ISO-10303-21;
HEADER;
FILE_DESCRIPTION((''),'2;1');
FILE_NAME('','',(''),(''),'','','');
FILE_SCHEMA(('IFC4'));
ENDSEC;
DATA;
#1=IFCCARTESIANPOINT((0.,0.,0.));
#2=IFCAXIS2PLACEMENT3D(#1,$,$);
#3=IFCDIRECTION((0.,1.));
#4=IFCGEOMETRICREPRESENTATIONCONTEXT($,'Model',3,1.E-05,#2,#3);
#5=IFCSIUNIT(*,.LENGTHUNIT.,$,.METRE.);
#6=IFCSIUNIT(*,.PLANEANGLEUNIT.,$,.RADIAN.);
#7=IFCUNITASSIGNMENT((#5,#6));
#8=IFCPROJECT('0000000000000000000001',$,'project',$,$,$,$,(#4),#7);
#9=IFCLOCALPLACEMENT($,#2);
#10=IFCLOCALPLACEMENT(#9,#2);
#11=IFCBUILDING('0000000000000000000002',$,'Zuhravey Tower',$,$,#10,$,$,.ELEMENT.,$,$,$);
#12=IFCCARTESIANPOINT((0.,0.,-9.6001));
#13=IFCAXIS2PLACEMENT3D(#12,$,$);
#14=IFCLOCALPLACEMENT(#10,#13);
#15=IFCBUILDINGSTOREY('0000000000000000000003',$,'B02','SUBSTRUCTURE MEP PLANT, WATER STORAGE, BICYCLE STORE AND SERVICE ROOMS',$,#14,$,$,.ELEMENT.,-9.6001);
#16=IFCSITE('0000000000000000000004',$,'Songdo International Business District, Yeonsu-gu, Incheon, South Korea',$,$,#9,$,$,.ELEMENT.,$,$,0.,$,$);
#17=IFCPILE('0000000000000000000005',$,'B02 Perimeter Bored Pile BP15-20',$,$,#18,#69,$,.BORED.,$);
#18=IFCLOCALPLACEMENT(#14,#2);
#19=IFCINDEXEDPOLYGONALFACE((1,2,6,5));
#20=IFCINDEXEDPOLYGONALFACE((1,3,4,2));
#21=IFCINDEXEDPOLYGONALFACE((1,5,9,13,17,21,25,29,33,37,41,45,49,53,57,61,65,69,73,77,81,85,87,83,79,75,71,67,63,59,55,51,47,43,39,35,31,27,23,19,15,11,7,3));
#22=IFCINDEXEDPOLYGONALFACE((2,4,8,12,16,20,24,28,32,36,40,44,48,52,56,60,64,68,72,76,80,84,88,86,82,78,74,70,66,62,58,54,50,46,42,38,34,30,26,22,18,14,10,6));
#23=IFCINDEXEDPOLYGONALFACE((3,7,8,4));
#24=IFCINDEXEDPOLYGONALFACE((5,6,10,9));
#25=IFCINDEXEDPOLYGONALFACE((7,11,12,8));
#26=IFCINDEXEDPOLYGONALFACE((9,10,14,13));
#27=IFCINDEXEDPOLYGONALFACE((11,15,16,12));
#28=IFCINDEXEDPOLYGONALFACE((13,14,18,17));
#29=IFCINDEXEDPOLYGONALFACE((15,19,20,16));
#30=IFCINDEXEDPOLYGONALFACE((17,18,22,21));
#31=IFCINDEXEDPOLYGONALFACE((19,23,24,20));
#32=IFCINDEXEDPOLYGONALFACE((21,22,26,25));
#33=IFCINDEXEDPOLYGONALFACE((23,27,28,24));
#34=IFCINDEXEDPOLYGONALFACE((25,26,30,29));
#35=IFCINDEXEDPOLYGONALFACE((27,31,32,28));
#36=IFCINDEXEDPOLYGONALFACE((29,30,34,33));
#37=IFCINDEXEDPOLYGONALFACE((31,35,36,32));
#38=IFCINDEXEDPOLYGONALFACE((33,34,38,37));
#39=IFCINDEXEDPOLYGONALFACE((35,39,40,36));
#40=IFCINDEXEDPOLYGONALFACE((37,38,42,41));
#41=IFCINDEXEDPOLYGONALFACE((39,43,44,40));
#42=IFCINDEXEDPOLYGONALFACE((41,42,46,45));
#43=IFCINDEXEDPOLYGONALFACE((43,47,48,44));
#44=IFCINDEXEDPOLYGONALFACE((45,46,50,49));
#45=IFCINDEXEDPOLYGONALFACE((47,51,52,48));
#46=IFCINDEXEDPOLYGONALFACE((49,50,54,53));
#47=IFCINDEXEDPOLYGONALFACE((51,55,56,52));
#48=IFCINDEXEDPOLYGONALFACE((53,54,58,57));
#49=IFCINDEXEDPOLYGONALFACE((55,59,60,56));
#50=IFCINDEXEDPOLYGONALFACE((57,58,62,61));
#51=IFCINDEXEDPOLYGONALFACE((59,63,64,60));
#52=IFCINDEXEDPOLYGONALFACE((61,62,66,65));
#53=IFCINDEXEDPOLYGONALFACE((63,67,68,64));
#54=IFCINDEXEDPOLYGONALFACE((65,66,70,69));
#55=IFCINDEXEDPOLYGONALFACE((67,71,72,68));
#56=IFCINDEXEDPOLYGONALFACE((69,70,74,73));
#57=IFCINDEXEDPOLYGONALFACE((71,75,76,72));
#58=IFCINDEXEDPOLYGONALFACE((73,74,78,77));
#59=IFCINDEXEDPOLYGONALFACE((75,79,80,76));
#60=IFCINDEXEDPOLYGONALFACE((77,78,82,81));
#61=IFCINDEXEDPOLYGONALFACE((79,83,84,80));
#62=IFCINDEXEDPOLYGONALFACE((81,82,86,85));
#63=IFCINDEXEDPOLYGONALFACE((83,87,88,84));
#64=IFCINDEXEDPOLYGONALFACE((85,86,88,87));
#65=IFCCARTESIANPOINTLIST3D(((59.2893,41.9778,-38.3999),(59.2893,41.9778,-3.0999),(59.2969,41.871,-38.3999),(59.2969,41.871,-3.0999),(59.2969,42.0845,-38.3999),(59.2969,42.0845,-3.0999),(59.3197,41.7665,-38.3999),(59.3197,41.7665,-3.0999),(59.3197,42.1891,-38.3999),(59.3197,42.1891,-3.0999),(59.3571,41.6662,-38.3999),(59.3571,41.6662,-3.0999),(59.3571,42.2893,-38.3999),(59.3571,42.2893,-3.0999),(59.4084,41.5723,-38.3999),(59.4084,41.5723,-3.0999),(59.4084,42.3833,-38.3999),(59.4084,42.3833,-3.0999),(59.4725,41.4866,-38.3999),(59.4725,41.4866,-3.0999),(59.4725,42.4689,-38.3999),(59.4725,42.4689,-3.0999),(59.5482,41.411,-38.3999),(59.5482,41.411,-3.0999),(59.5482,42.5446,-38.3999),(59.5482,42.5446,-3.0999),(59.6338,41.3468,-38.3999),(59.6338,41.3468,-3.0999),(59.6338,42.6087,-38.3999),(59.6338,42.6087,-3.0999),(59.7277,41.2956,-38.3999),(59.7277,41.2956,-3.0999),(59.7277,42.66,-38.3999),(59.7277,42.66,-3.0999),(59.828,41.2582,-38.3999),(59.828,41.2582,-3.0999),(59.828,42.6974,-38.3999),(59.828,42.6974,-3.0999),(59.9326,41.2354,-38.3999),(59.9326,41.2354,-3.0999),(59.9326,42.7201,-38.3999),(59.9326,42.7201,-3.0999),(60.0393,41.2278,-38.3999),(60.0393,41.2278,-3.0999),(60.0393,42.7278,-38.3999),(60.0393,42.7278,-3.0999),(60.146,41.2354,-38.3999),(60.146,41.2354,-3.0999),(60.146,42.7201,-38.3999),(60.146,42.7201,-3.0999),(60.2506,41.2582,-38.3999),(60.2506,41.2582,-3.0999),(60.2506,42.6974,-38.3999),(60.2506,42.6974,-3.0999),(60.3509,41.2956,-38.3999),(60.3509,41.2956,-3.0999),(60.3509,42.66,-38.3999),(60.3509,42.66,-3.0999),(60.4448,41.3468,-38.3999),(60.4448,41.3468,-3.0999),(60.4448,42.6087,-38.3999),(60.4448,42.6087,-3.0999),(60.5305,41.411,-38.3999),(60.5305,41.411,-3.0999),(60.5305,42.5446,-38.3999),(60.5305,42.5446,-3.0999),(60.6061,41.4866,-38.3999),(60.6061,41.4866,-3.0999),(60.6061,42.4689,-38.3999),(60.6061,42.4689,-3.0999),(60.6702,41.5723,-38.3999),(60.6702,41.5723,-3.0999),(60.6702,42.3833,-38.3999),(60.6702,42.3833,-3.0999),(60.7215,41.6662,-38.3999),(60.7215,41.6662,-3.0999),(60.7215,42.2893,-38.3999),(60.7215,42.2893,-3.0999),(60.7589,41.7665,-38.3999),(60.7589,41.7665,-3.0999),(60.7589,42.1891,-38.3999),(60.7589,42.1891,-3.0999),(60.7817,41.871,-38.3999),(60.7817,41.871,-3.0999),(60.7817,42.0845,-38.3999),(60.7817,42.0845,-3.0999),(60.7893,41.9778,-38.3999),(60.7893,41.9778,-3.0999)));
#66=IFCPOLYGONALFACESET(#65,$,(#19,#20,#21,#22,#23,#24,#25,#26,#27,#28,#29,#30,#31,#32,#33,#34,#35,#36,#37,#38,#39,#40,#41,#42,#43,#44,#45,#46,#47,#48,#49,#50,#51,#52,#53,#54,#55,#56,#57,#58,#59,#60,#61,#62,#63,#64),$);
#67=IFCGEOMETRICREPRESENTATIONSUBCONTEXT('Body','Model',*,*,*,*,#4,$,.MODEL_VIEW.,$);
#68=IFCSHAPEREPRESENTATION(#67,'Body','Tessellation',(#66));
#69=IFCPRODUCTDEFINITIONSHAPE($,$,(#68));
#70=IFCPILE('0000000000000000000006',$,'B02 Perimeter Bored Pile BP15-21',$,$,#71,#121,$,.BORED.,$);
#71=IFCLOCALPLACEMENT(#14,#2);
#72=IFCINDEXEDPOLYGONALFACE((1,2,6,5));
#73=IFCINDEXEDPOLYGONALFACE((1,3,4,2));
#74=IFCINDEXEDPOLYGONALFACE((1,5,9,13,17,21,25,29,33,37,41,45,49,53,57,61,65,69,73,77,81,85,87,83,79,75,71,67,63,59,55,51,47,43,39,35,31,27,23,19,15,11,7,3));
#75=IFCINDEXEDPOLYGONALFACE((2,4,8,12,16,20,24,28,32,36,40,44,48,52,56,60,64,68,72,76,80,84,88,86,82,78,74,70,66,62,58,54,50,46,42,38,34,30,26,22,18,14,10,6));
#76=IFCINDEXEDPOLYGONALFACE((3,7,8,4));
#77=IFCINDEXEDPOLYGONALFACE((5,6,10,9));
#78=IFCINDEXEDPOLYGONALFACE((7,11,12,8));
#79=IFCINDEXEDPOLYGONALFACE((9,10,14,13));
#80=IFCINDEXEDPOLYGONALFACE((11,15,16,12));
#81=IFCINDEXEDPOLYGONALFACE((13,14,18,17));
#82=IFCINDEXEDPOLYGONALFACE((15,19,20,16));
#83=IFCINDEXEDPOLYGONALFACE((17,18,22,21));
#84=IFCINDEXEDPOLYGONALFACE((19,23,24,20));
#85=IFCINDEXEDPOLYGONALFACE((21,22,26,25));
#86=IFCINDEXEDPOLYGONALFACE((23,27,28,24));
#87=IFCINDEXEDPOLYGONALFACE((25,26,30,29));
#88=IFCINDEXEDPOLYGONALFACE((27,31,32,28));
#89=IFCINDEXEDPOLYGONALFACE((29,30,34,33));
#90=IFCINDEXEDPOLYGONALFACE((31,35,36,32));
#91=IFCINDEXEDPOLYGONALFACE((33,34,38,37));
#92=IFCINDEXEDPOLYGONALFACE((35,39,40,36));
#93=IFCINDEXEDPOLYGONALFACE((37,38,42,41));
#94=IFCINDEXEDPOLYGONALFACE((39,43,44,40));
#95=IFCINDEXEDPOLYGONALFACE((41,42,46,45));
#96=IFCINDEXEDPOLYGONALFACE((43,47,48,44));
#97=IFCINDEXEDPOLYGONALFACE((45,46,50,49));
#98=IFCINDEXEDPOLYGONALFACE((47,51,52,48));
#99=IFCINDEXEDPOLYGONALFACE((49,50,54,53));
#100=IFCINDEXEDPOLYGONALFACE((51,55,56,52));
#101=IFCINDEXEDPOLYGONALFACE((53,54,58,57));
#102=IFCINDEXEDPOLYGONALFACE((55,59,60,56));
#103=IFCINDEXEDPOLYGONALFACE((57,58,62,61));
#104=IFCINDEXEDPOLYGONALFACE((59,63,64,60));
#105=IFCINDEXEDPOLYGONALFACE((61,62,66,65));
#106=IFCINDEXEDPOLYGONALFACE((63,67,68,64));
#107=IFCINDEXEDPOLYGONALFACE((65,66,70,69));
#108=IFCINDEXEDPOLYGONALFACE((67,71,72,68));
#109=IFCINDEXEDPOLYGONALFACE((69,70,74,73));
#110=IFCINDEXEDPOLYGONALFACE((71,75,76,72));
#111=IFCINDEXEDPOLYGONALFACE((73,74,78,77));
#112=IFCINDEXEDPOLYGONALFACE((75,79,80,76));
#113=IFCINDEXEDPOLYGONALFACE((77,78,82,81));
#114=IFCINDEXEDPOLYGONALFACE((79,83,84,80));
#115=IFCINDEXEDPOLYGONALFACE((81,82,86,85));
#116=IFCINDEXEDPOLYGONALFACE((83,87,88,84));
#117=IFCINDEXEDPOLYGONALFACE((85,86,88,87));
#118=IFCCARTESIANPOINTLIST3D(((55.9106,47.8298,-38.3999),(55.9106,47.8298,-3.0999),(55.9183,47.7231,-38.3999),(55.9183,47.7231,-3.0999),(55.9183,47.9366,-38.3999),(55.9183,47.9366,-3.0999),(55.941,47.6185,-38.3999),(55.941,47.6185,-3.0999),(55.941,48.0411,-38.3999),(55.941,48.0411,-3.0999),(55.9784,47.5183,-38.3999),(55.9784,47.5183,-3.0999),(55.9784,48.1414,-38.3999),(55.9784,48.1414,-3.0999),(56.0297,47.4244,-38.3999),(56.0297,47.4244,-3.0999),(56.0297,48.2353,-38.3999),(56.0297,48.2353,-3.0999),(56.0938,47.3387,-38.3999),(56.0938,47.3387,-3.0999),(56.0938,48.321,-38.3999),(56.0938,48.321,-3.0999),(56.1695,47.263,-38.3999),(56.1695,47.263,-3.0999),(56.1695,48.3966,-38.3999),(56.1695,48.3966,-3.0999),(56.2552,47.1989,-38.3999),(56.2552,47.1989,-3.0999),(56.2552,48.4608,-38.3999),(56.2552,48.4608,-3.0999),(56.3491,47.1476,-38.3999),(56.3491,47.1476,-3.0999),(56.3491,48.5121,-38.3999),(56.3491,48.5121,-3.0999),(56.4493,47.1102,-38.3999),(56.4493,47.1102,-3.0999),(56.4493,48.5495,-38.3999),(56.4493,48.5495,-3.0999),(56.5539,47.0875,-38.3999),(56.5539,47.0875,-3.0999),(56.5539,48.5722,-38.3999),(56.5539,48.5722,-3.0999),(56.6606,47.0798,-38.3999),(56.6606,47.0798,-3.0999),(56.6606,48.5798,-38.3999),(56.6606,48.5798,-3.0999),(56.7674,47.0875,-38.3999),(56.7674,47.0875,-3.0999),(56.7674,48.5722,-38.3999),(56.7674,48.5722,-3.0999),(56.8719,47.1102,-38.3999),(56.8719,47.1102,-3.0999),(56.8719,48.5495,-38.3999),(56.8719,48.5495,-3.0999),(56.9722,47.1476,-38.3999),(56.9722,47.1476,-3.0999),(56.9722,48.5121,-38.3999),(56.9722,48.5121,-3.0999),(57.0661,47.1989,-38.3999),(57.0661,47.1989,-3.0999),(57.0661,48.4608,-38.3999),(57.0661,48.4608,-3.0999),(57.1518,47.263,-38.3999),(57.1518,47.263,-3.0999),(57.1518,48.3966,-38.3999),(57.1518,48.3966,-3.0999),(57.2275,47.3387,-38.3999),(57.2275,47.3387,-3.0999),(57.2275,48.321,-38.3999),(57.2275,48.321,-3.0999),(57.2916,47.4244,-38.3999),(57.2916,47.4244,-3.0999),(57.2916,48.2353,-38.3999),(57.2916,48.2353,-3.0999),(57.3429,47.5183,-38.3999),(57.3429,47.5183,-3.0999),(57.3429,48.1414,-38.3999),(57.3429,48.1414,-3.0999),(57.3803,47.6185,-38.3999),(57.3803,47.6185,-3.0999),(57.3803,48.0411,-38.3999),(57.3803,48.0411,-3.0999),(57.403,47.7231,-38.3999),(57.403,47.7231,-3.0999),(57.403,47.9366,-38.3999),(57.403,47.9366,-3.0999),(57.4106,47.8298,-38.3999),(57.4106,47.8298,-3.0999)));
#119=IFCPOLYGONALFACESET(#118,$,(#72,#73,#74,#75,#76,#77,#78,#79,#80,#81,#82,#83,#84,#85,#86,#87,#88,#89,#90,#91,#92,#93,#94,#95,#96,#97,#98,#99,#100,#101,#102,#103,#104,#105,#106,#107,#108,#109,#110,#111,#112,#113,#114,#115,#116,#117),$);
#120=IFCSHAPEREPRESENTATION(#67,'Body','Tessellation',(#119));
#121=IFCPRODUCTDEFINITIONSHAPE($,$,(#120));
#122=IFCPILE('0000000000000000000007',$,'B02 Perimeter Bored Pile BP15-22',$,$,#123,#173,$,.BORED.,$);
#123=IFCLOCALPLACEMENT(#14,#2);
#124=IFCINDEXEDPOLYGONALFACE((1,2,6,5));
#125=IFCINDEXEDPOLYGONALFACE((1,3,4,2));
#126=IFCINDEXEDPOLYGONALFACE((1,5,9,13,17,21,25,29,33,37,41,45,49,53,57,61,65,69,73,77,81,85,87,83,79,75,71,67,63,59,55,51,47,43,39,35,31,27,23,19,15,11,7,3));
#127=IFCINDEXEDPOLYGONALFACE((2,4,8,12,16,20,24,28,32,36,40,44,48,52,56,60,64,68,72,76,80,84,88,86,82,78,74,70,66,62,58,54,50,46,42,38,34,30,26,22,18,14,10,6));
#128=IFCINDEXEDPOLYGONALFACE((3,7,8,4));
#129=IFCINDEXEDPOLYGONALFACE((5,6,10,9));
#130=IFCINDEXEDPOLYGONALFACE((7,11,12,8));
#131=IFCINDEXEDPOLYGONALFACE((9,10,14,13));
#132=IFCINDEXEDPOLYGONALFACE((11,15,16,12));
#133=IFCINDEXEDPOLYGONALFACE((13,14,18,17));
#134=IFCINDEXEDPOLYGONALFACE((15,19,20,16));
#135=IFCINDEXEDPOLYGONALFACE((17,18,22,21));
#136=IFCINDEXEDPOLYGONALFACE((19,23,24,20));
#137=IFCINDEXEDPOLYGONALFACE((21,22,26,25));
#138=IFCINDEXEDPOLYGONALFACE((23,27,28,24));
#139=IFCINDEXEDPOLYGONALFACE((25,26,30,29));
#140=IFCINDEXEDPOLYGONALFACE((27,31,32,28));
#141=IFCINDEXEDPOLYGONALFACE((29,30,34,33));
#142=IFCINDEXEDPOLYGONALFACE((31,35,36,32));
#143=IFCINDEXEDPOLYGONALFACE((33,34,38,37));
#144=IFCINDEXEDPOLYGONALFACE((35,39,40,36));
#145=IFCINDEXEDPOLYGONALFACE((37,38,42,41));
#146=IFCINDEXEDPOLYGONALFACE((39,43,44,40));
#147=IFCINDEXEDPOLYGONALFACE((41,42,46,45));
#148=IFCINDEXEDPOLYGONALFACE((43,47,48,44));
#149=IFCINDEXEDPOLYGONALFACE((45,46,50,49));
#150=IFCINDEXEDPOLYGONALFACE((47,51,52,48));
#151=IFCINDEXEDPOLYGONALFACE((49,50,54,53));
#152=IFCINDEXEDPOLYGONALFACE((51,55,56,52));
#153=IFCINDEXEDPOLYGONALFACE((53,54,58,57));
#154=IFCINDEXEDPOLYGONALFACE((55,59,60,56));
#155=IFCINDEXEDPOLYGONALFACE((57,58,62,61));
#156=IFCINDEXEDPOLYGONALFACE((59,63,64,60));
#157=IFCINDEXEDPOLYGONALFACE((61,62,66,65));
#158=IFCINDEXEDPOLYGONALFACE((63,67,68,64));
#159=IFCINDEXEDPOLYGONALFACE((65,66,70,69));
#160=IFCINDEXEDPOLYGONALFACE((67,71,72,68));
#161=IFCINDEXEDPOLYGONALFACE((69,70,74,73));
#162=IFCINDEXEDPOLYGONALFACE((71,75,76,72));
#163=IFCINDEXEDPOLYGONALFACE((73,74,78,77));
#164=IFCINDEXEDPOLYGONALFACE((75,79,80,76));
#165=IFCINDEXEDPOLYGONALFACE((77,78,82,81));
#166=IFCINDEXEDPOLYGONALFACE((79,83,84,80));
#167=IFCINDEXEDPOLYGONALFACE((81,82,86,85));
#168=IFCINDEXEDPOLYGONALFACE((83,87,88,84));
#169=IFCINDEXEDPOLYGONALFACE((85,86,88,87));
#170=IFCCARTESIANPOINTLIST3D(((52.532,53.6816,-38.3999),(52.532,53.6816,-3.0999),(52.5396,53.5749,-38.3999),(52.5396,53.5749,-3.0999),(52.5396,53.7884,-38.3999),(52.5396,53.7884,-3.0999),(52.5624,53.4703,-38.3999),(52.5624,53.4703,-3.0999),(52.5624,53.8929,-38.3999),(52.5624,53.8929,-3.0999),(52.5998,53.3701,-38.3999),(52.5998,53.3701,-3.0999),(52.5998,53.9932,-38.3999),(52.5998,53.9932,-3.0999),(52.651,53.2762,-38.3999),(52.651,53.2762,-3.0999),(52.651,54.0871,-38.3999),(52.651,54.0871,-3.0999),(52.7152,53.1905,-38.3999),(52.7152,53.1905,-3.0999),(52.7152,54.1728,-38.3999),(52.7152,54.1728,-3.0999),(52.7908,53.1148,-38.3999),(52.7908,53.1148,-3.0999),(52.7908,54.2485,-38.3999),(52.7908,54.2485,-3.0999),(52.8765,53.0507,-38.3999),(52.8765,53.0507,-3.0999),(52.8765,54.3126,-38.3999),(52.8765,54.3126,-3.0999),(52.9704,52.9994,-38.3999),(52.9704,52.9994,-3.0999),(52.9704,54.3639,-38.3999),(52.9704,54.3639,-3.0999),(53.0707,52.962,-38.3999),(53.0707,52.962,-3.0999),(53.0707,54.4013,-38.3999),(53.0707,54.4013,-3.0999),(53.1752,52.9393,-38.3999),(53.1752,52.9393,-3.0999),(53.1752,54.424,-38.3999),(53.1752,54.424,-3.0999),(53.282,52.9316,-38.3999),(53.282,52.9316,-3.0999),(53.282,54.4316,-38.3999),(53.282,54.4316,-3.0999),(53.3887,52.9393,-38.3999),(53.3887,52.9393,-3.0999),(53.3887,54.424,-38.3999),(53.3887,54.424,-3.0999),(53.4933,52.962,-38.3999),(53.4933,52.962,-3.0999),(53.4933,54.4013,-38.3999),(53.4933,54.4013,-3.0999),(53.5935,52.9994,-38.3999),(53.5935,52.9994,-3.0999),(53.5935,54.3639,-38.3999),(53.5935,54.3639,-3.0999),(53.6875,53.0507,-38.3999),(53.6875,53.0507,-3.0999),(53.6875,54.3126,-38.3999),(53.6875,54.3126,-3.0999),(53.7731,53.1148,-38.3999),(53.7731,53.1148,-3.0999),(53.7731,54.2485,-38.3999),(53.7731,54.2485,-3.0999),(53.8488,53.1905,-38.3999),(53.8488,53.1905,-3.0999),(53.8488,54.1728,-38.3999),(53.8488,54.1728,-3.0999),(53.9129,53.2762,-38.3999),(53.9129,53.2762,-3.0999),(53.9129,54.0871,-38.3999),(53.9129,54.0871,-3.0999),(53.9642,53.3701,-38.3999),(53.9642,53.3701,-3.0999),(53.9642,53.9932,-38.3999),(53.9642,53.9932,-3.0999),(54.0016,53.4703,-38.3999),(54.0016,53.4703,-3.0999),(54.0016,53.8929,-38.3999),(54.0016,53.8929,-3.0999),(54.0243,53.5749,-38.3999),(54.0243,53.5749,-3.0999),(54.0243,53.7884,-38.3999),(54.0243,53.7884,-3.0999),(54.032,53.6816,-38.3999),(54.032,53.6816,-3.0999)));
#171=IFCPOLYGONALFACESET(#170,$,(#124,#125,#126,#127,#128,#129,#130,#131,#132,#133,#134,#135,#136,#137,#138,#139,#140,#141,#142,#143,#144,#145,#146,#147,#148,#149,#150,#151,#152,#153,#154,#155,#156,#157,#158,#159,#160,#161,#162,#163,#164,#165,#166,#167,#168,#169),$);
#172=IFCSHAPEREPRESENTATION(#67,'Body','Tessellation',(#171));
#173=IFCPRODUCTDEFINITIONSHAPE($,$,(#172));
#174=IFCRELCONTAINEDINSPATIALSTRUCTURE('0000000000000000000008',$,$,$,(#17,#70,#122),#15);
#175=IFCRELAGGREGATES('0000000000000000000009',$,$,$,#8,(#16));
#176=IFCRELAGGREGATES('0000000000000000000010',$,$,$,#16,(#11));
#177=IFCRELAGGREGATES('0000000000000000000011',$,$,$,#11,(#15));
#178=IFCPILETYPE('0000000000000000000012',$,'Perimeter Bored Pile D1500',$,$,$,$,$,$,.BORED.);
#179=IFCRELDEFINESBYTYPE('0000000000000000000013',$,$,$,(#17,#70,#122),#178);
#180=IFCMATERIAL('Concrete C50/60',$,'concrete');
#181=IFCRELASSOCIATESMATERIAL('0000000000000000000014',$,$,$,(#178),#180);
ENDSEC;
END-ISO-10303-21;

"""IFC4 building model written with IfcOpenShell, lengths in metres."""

from ifc_helpers import new_model, si_unit, direction, frame, origin, origin_2d, place, context, subcontext, project, spatial, circle, extrude, material, material_profile, profile_set, type_object, element, save


model = new_model("IFC4")

# Units and contexts
model_context = context("Model", 3, precision=1e-05, world=origin(), true_north=direction((0.0, 1.0)))
body_context = subcontext(model_context, "Body", "Model", "MODEL_VIEW")
ifc_project = project(units=[si_unit("LENGTHUNIT", "METRE"), si_unit("PLANEANGLEUNIT", "RADIAN")], contexts=[model_context])

# Site, building, storey
site_placement = place(None, origin())
site = spatial("IfcSite", under=ifc_project, at=site_placement, Name="Songdo International Business District, Yeonsu-gu, Incheon, South Korea", CompositionType="ELEMENT", RefElevation=0.0)
building_placement = place(site_placement, origin())
building = spatial("IfcBuilding", under=site, at=building_placement, Name="Zuhravey Tower", CompositionType="ELEMENT")
storey_placement = place(building_placement, frame((0.0, 0.0, -9.6001)))
storey = spatial("IfcBuildingStorey", under=building, at=storey_placement, Name="B02", Description="SUBSTRUCTURE MEP PLANT, WATER STORAGE, BICYCLE STORE AND SERVICE ROOMS", CompositionType="ELEMENT", Elevation=-9.6001)

# Piles
ifc_material_1 = material(Name="Concrete C50/60", Category="concrete")
ifc_material_profile_1 = material_profile(ifc_material_1, circle(Radius=0.75, at=origin_2d()), Name="PILE-D1500")
ifc_profile_set_1 = profile_set([ifc_material_profile_1], Name="Concrete C50/60")
pile_type_1 = type_object("IfcPileType", Name="Perimeter Bored Pile D1500", PredefinedType="BORED", material=ifc_profile_set_1)
for number, where, z_axis, x_axis, name in (
    (1, (60.0393, 41.9778, -3.0999), (0.0, 0.0, -1.0), (1.0, 0.0, 0.0), "B02 Perimeter Bored Pile BP15-20"),
    (2, (56.6606, 47.8298, -3.0999), (0.0, 0.0, -1.0), (1.0, 0.0, 0.0), "B02 Perimeter Bored Pile BP15-21"),
    (3, (53.282, 53.6816, -3.0999), (0.0, 0.0, -1.0), (1.0, 0.0, 0.0), "B02 Perimeter Bored Pile BP15-22"),
):
    element("IfcPile", number, at=place(storey_placement, frame(where, z_axis=z_axis, x_axis=x_axis)), inside=storey, type_object=pile_type_1, Name=name, PredefinedType="BORED", context=body_context, shape_type="SweptSolid", body=[
        extrude(circle(Radius=0.75, at=origin_2d()), origin(), (0.0, 0.0, 1.0), 35.3),
    ])

save(model, "model.ifc")
